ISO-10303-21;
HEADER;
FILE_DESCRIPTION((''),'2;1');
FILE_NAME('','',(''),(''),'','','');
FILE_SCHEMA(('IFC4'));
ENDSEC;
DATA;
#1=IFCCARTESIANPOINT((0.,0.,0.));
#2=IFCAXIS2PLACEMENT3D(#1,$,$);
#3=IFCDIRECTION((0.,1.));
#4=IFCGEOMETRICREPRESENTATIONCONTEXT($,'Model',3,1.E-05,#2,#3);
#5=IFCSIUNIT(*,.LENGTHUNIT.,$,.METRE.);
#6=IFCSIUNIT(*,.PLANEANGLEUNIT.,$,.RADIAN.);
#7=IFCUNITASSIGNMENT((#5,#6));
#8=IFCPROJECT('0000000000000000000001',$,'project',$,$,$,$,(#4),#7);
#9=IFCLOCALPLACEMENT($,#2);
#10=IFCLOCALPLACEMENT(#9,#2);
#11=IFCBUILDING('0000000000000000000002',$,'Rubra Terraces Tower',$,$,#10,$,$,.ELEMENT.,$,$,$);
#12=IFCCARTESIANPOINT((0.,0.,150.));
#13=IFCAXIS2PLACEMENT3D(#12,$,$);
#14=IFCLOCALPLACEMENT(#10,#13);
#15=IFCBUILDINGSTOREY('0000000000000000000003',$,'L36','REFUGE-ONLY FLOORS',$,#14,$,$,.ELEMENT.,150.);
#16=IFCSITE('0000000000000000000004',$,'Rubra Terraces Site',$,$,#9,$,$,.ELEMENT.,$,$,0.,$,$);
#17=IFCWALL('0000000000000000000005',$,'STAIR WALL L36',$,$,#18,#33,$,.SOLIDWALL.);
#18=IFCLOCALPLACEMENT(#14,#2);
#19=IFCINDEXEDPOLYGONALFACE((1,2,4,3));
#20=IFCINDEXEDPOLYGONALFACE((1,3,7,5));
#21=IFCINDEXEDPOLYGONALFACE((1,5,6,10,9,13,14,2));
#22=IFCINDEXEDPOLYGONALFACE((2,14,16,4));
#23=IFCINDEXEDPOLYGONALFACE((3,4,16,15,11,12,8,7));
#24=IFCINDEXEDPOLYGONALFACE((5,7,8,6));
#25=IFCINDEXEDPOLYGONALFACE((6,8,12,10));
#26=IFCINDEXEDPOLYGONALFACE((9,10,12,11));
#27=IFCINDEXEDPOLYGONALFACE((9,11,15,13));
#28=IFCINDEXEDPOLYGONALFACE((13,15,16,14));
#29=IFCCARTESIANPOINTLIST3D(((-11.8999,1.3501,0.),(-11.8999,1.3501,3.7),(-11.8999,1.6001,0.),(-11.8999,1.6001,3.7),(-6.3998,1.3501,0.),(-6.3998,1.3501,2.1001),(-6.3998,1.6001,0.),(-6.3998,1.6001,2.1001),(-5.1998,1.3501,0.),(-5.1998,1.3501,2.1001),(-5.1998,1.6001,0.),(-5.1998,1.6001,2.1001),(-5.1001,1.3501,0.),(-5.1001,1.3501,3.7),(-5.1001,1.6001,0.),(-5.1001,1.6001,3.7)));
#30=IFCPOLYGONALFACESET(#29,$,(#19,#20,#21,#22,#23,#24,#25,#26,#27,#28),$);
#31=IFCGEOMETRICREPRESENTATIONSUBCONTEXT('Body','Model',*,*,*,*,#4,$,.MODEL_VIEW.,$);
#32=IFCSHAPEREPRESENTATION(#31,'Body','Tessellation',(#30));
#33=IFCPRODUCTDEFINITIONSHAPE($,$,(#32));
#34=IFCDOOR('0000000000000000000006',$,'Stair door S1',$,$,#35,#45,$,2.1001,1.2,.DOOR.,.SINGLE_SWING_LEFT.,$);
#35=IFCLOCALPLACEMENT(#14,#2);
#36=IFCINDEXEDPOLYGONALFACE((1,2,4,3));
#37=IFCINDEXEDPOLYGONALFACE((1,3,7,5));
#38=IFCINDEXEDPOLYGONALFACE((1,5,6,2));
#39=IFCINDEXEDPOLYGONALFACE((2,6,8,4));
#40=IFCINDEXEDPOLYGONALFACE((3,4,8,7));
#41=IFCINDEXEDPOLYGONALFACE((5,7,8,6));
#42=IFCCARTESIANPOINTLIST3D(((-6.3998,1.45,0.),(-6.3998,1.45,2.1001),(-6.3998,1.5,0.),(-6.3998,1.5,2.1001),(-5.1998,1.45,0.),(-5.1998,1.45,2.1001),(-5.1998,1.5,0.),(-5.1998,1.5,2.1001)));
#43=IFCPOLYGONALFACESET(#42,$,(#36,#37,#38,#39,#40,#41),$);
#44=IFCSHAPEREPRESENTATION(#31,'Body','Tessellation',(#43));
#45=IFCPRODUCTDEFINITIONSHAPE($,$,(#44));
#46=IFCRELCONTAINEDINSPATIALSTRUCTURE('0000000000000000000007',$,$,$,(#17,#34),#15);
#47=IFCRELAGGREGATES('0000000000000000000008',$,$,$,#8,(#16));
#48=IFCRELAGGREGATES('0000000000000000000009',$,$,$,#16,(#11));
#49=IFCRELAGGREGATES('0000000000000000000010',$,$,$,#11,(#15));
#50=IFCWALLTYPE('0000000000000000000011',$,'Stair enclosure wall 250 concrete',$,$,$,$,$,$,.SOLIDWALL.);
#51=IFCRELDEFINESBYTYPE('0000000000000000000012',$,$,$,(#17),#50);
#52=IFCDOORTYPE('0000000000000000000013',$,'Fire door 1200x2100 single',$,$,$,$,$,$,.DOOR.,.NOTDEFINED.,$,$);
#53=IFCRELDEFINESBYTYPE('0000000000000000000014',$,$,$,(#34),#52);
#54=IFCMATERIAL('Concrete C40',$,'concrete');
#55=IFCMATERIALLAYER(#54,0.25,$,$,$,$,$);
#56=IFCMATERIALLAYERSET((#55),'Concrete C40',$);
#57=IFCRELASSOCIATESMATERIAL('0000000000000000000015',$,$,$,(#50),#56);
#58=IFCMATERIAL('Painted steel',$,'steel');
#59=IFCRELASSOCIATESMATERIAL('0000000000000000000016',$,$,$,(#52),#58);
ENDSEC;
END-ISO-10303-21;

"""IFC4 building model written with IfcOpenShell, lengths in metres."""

from ifc_helpers import new_model, si_unit, direction, frame, frame_2d, origin, place, context, subcontext, project, spatial, rectangle, extrude, material, layer, layer_set, type_object, element, fill, save


model = new_model("IFC4")

# Units and contexts
model_context = context("Model", 3, precision=1e-05, world=origin(), true_north=direction((0.0, 1.0)))
body_context = subcontext(model_context, "Body", "Model", "MODEL_VIEW")
ifc_project = project(units=[si_unit("LENGTHUNIT", "METRE"), si_unit("PLANEANGLEUNIT", "RADIAN")], contexts=[model_context])

# Site, building, storey
site_placement = place(None, origin())
site = spatial("IfcSite", under=ifc_project, at=site_placement, Name="Rubra Terraces Site", CompositionType="ELEMENT", RefElevation=0.0)
building_placement = place(site_placement, origin())
building = spatial("IfcBuilding", under=site, at=building_placement, Name="Rubra Terraces Tower", CompositionType="ELEMENT")
storey_placement = place(building_placement, frame((0.0, 0.0, 150.0)))
storey = spatial("IfcBuildingStorey", under=building, at=storey_placement, Name="L36", Description="REFUGE-ONLY FLOORS", CompositionType="ELEMENT", Elevation=150.0)

# Wall, opening, door
ifc_material_1 = material(Name="Painted steel", Category="steel")
ifc_material_2 = material(Name="Concrete C40", Category="concrete")
ifc_layer_1 = layer(ifc_material_2, 0.25)
ifc_layer_set_1 = layer_set([ifc_layer_1], Name="Concrete C40")
wall_type_1 = type_object("IfcWallType", Name="Stair enclosure wall 250 concrete", PredefinedType="SOLIDWALL", material=ifc_layer_set_1)
wall_1_placement = place(storey_placement, frame((-11.8999, 1.4751, 0.0), z_axis=(0.0, 0.0, 1.0), x_axis=(1.0, 0.0, 0.0)))
wall_1 = element("IfcWall", 1, at=wall_1_placement, inside=storey, type_object=wall_type_1, Name="STAIR WALL L36", PredefinedType="SOLIDWALL", context=body_context, shape_type="SweptSolid", body=[
    extrude(rectangle(XDim=6.7998, YDim=0.25, at=frame_2d((3.3999, 0.0))), origin(), (0.0, 0.0, 1.0), 3.7),
])
opening_1_placement = place(wall_1_placement, frame((5.5, 0.0, 0.0)))
opening_1 = element("IfcOpeningElement", 2, at=opening_1_placement, cuts=wall_1, PredefinedType="OPENING", context=body_context, shape_type="SweptSolid", body=[
    extrude(rectangle(XDim=1.2, YDim=2.1001, at=frame_2d((0.6001, 1.05))), frame((0.0, 0.135, 0.0), z_axis=(0.0, -1.0, 0.0), x_axis=(1.0, 0.0, 0.0)), (0.0, 0.0, 1.0), 0.27),
])
door_type_1 = type_object("IfcDoorType", Name="Fire door 1200x2100 single", OperationType="NOTDEFINED", PredefinedType="DOOR", material=ifc_material_1)
door_1_placement = place(opening_1_placement, origin())
door_1 = element("IfcDoor", 3, at=door_1_placement, inside=storey, type_object=door_type_1, Name="Stair door S1", OperationType="SINGLE_SWING_LEFT", OverallHeight=2.1001, OverallWidth=1.2, PredefinedType="DOOR", context=body_context, shape_type="SweptSolid", body=[
    extrude(rectangle(XDim=1.2, YDim=2.1001, at=frame_2d((0.6001, 1.05))), frame((0.0, 0.0249, 0.0), z_axis=(0.0, -1.0, 0.0), x_axis=(1.0, 0.0, 0.0)), (0.0, 0.0, 1.0), 0.05),
])
fill(opening_1, door_1)

save(model, "model.ifc")
